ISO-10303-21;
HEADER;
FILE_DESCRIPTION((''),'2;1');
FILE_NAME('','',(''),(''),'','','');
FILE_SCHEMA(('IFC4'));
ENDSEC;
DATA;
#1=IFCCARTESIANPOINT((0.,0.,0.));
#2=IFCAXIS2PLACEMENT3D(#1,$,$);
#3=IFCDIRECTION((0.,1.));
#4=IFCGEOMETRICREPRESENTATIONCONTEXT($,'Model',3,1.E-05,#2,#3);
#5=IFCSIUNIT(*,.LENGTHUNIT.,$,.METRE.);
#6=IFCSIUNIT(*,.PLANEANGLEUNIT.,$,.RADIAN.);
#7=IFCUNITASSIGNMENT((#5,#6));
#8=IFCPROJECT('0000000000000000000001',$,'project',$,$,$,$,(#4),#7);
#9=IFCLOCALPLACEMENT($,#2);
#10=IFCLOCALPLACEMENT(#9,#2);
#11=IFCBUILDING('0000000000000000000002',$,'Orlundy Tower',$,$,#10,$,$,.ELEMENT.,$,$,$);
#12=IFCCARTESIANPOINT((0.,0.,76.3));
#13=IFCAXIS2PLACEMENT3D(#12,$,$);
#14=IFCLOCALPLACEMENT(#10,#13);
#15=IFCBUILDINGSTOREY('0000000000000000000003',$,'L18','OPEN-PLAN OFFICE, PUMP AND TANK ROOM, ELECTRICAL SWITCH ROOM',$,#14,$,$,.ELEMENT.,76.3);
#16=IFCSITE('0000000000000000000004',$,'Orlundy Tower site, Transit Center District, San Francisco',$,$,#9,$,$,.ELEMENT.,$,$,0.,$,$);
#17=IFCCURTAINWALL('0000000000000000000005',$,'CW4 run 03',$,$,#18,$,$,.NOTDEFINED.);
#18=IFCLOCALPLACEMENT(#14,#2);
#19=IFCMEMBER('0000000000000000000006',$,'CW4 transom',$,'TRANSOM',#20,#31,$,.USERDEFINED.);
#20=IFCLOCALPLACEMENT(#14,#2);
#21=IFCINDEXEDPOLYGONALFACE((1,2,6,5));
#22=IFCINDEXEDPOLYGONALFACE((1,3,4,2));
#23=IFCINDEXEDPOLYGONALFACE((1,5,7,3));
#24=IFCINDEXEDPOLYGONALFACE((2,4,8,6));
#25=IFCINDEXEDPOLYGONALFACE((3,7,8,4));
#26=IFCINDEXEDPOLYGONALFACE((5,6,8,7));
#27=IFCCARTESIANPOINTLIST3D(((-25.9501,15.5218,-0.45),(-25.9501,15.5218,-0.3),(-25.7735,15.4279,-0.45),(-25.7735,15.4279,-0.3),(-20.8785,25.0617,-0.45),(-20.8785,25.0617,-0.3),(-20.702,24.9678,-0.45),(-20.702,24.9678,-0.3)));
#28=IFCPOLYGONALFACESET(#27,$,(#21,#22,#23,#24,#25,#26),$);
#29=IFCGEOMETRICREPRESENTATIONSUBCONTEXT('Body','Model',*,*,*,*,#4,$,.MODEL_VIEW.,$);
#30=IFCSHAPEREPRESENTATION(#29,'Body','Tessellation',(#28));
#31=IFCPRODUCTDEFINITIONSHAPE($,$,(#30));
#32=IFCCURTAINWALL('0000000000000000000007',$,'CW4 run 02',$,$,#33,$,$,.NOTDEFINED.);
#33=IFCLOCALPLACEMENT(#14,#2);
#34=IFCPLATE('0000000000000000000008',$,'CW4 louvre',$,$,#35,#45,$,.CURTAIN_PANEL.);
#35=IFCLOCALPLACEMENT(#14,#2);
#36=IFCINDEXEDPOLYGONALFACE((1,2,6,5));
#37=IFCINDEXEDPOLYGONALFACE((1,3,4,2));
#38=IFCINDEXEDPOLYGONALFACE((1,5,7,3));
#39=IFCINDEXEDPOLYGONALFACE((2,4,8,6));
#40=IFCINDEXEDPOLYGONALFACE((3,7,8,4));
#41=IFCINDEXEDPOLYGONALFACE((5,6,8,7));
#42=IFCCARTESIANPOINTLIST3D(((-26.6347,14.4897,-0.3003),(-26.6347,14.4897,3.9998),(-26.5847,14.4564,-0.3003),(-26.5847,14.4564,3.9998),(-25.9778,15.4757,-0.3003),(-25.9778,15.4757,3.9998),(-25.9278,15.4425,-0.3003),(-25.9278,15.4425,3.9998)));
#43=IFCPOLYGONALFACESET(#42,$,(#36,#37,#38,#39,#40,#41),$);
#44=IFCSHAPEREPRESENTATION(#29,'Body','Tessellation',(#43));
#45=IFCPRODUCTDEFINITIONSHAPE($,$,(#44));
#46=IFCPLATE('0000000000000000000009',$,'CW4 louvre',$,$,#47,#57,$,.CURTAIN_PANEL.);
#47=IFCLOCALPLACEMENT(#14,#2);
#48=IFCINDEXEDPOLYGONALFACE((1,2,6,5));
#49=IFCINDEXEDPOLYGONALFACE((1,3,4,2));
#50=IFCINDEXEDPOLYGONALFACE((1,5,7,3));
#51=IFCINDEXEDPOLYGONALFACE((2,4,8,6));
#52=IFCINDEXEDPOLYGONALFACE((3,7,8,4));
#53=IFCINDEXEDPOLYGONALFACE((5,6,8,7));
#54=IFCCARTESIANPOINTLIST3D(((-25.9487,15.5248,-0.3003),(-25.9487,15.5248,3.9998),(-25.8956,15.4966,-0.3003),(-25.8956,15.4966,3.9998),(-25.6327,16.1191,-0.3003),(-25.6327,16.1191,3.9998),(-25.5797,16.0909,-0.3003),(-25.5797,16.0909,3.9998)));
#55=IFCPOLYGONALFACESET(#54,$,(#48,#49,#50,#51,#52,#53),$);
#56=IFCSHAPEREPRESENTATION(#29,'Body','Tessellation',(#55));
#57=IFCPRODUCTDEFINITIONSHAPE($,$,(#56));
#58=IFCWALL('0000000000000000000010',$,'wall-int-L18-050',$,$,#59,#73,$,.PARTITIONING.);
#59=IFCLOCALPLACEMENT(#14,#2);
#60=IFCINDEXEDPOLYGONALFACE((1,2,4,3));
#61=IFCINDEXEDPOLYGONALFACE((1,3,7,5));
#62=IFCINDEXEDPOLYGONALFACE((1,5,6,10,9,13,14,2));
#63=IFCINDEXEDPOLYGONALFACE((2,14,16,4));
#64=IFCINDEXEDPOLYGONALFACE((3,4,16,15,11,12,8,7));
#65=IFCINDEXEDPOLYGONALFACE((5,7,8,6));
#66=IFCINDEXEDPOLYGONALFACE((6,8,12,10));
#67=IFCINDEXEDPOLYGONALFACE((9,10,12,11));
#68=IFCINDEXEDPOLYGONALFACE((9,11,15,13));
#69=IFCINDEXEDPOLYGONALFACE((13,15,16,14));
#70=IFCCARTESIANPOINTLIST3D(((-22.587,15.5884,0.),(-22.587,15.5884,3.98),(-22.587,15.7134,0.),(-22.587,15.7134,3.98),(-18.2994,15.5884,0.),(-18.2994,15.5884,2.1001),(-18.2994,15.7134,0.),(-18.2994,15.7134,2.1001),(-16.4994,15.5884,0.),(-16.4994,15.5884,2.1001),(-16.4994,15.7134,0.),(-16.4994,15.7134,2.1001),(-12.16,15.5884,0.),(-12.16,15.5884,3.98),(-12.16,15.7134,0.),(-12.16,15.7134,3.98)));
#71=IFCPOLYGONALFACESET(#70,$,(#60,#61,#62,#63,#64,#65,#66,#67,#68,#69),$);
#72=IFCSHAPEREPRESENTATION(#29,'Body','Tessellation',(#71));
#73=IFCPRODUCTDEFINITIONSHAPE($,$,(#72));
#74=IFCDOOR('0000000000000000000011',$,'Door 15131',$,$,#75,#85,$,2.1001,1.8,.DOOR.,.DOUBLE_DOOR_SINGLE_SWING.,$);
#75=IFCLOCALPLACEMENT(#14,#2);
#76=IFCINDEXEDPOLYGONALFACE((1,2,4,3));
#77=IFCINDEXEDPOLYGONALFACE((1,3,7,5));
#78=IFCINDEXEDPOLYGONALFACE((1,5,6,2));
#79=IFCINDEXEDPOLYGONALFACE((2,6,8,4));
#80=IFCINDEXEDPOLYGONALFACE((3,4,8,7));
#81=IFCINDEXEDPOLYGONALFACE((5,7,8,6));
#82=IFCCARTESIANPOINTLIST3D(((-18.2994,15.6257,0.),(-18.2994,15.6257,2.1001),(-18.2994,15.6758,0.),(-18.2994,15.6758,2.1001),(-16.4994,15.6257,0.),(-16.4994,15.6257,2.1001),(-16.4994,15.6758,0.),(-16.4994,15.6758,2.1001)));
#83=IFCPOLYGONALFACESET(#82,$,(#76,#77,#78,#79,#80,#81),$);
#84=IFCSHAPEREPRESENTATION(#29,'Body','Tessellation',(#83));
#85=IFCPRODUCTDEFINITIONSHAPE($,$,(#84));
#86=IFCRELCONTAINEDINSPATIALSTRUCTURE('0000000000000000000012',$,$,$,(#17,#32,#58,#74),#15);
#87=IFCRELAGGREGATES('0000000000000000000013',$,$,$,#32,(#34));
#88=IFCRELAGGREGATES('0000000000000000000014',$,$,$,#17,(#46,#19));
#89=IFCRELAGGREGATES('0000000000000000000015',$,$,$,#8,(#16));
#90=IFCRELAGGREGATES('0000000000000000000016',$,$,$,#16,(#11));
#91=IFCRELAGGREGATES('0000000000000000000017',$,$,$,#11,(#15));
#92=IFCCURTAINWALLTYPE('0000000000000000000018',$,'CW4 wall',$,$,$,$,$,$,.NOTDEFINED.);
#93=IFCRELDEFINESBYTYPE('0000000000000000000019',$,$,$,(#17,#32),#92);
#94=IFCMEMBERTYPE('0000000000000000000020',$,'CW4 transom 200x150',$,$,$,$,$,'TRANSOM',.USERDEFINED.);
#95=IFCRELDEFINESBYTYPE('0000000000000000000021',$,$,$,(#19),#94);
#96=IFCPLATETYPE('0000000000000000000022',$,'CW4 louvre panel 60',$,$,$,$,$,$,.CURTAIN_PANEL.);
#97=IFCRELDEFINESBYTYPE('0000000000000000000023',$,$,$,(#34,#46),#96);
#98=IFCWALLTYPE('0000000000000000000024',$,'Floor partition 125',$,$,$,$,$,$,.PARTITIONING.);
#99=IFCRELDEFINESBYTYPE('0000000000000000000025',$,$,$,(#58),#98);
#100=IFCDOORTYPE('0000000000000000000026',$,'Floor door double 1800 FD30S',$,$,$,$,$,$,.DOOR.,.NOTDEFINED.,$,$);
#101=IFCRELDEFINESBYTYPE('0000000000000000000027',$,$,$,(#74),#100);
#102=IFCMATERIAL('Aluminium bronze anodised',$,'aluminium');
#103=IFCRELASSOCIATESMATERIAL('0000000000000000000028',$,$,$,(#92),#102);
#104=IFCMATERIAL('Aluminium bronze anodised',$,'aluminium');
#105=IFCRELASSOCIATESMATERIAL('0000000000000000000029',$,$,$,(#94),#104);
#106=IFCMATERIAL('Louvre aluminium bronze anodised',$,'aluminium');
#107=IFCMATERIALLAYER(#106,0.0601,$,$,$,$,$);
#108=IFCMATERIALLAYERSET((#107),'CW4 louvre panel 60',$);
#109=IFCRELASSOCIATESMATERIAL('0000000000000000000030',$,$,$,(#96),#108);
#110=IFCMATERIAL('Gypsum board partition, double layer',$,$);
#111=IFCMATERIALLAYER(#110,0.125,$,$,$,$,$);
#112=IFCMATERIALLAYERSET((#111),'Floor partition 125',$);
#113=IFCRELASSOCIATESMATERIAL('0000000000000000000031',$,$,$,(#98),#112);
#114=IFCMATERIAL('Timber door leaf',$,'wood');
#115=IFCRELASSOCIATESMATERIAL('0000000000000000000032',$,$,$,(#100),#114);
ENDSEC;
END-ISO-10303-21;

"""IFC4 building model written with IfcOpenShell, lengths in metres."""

from ifc_helpers import new_model, si_unit, direction, frame, frame_2d, origin, origin_2d, place, context, subcontext, project, spatial, rectangle, extrude, material, layer, layer_set, material_profile, profile_set, type_object, element, fill, aggregate, save


model = new_model("IFC4")

# Units and contexts
model_context = context("Model", 3, precision=1e-05, world=origin(), true_north=direction((0.0, 1.0)))
body_context = subcontext(model_context, "Body", "Model", "MODEL_VIEW")
ifc_project = project(units=[si_unit("LENGTHUNIT", "METRE"), si_unit("PLANEANGLEUNIT", "RADIAN")], contexts=[model_context])

# Site, building, storey
site_placement = place(None, origin())
site = spatial("IfcSite", under=ifc_project, at=site_placement, Name="Orlundy Tower site, Transit Center District, San Francisco", CompositionType="ELEMENT", RefElevation=0.0)
building_placement = place(site_placement, origin())
building = spatial("IfcBuilding", under=site, at=building_placement, Name="Orlundy Tower", CompositionType="ELEMENT")
storey_placement = place(building_placement, frame((0.0, 0.0, 76.3)))
storey = spatial("IfcBuildingStorey", under=building, at=storey_placement, Name="L18", Description="OPEN-PLAN OFFICE, PUMP AND TANK ROOM, ELECTRICAL SWITCH ROOM", CompositionType="ELEMENT", Elevation=76.3)

# Curtain wall, member
ifc_material_1 = material(Name="Aluminium bronze anodised", Category="aluminium")
curtain_wall_type = type_object("IfcCurtainWallType", Name="CW4 wall", PredefinedType="NOTDEFINED", material=ifc_material_1)
curtain_wall_1_placement = place(storey_placement, origin())
curtain_wall_1 = element("IfcCurtainWall", 1, at=curtain_wall_1_placement, inside=storey, type_object=curtain_wall_type, Name="CW4 run 03", PredefinedType="NOTDEFINED")
ifc_material_2 = material(Name="Aluminium bronze anodised", Category="aluminium")
ifc_material_profile_1 = material_profile(ifc_material_2, rectangle(XDim=0.2, YDim=0.1499, at=origin_2d()), Name="CW4 transom 200x150")
ifc_profile_set_1 = profile_set([ifc_material_profile_1], Name="Aluminium bronze anodised")
member_type_1 = type_object("IfcMemberType", Name="CW4 transom 200x150", ElementType="TRANSOM", PredefinedType="USERDEFINED", material=ifc_profile_set_1)
member_1_placement = place(storey_placement, frame((-25.8618, 15.4749, -0.375), z_axis=(0.469409, 0.882981, 0.0), x_axis=(-0.882981, 0.469409, 0.0)))
member_1 = element("IfcMember", 2, at=member_1_placement, type_object=member_type_1, Name="CW4 transom", ObjectType="TRANSOM", PredefinedType="USERDEFINED", context=body_context, shape_type="SweptSolid", body=[
    extrude(rectangle(XDim=0.2, YDim=0.1499, at=origin_2d()), origin(), (0.0, 0.0, 1.0), 10.8042),
])

# Curtain wall, plate
curtain_wall_2_placement = place(storey_placement, origin())
curtain_wall_2 = element("IfcCurtainWall", 3, at=curtain_wall_2_placement, inside=storey, type_object=curtain_wall_type, Name="CW4 run 02", PredefinedType="NOTDEFINED")
ifc_material_3 = material(Name="Louvre aluminium bronze anodised", Category="aluminium")
ifc_layer_1 = layer(ifc_material_3, 0.0601)
ifc_layer_set_1 = layer_set([ifc_layer_1], Name="CW4 louvre panel 60")
plate_type = type_object("IfcPlateType", Name="CW4 louvre panel 60", PredefinedType="CURTAIN_PANEL", material=ifc_layer_set_1)
plate_1_placement = place(storey_placement, frame((-26.2812, 14.9661, -0.3003), z_axis=(0.0, 0.0, 1.0), x_axis=(0.554384, 0.832261, 0.0)))
plate_1 = element("IfcPlate", 4, at=plate_1_placement, type_object=plate_type, Name="CW4 louvre", PredefinedType="CURTAIN_PANEL", context=body_context, shape_type="SweptSolid", body=[
    extrude(rectangle(XDim=1.1848, YDim=0.0601, at=origin_2d()), origin(), (0.0, 0.0, 1.0), 4.3),
])
aggregate(curtain_wall_2, [plate_1])

# Plate
plate_2_placement = place(storey_placement, frame((-25.7642, 15.8079, -0.3003), z_axis=(0.0, 0.0, 1.0), x_axis=(0.469416, 0.882977, 0.0)))
plate_2 = element("IfcPlate", 5, at=plate_2_placement, type_object=plate_type, Name="CW4 louvre", PredefinedType="CURTAIN_PANEL", context=body_context, shape_type="SweptSolid", body=[
    extrude(rectangle(XDim=0.6731, YDim=0.0601, at=origin_2d()), origin(), (0.0, 0.0, 1.0), 4.3),
])
aggregate(curtain_wall_1, [plate_2, member_1])

# Wall, opening, door
ifc_material_4 = material(Name="Gypsum board partition, double layer")
ifc_layer_2 = layer(ifc_material_4, 0.125)
ifc_layer_set_2 = layer_set([ifc_layer_2], Name="Floor partition 125")
wall_type = type_object("IfcWallType", Name="Floor partition 125", PredefinedType="PARTITIONING", material=ifc_layer_set_2)
wall_placement = place(storey_placement, frame((-22.5869, 15.6509, 0.0), z_axis=(0.0, 0.0, 1.0), x_axis=(1.0, 0.0, 0.0)))
wall = element("IfcWall", 6, at=wall_placement, inside=storey, type_object=wall_type, Name="wall-int-L18-050", PredefinedType="PARTITIONING", context=body_context, shape_type="SweptSolid", body=[
    extrude(rectangle(XDim=10.427, YDim=0.125, at=frame_2d((5.2134, 0.0))), origin(), (0.0, 0.0, 1.0), 3.98),
])
opening_placement = place(wall_placement, frame((4.2876, 0.0, 0.0)))
opening = element("IfcOpeningElement", 7, at=opening_placement, cuts=wall, PredefinedType="OPENING", context=body_context, shape_type="SweptSolid", body=[
    extrude(rectangle(XDim=1.8, YDim=2.1001, at=frame_2d((0.8999, 1.05))), frame((0.0, 0.0725, 0.0), z_axis=(0.0, -1.0, 0.0), x_axis=(1.0, 0.0, 0.0)), (0.0, 0.0, 1.0), 0.145),
])
ifc_material_5 = material(Name="Timber door leaf", Category="wood")
door_type = type_object("IfcDoorType", Name="Floor door double 1800 FD30S", OperationType="NOTDEFINED", PredefinedType="DOOR", material=ifc_material_5)
door_placement = place(opening_placement, origin())
door = element("IfcDoor", 8, at=door_placement, inside=storey, type_object=door_type, Name="Door 15131", OperationType="DOUBLE_DOOR_SINGLE_SWING", OverallHeight=2.1001, OverallWidth=1.8, PredefinedType="DOOR", context=body_context, shape_type="SweptSolid", body=[
    extrude(rectangle(XDim=1.8, YDim=2.1001, at=frame_2d((0.8999, 1.05))), frame((0.0, 0.0249, 0.0), z_axis=(0.0, -1.0, 0.0), x_axis=(1.0, 0.0, 0.0)), (0.0, 0.0, 1.0), 0.05),
])
fill(opening, door)

save(model, "model.ifc")
